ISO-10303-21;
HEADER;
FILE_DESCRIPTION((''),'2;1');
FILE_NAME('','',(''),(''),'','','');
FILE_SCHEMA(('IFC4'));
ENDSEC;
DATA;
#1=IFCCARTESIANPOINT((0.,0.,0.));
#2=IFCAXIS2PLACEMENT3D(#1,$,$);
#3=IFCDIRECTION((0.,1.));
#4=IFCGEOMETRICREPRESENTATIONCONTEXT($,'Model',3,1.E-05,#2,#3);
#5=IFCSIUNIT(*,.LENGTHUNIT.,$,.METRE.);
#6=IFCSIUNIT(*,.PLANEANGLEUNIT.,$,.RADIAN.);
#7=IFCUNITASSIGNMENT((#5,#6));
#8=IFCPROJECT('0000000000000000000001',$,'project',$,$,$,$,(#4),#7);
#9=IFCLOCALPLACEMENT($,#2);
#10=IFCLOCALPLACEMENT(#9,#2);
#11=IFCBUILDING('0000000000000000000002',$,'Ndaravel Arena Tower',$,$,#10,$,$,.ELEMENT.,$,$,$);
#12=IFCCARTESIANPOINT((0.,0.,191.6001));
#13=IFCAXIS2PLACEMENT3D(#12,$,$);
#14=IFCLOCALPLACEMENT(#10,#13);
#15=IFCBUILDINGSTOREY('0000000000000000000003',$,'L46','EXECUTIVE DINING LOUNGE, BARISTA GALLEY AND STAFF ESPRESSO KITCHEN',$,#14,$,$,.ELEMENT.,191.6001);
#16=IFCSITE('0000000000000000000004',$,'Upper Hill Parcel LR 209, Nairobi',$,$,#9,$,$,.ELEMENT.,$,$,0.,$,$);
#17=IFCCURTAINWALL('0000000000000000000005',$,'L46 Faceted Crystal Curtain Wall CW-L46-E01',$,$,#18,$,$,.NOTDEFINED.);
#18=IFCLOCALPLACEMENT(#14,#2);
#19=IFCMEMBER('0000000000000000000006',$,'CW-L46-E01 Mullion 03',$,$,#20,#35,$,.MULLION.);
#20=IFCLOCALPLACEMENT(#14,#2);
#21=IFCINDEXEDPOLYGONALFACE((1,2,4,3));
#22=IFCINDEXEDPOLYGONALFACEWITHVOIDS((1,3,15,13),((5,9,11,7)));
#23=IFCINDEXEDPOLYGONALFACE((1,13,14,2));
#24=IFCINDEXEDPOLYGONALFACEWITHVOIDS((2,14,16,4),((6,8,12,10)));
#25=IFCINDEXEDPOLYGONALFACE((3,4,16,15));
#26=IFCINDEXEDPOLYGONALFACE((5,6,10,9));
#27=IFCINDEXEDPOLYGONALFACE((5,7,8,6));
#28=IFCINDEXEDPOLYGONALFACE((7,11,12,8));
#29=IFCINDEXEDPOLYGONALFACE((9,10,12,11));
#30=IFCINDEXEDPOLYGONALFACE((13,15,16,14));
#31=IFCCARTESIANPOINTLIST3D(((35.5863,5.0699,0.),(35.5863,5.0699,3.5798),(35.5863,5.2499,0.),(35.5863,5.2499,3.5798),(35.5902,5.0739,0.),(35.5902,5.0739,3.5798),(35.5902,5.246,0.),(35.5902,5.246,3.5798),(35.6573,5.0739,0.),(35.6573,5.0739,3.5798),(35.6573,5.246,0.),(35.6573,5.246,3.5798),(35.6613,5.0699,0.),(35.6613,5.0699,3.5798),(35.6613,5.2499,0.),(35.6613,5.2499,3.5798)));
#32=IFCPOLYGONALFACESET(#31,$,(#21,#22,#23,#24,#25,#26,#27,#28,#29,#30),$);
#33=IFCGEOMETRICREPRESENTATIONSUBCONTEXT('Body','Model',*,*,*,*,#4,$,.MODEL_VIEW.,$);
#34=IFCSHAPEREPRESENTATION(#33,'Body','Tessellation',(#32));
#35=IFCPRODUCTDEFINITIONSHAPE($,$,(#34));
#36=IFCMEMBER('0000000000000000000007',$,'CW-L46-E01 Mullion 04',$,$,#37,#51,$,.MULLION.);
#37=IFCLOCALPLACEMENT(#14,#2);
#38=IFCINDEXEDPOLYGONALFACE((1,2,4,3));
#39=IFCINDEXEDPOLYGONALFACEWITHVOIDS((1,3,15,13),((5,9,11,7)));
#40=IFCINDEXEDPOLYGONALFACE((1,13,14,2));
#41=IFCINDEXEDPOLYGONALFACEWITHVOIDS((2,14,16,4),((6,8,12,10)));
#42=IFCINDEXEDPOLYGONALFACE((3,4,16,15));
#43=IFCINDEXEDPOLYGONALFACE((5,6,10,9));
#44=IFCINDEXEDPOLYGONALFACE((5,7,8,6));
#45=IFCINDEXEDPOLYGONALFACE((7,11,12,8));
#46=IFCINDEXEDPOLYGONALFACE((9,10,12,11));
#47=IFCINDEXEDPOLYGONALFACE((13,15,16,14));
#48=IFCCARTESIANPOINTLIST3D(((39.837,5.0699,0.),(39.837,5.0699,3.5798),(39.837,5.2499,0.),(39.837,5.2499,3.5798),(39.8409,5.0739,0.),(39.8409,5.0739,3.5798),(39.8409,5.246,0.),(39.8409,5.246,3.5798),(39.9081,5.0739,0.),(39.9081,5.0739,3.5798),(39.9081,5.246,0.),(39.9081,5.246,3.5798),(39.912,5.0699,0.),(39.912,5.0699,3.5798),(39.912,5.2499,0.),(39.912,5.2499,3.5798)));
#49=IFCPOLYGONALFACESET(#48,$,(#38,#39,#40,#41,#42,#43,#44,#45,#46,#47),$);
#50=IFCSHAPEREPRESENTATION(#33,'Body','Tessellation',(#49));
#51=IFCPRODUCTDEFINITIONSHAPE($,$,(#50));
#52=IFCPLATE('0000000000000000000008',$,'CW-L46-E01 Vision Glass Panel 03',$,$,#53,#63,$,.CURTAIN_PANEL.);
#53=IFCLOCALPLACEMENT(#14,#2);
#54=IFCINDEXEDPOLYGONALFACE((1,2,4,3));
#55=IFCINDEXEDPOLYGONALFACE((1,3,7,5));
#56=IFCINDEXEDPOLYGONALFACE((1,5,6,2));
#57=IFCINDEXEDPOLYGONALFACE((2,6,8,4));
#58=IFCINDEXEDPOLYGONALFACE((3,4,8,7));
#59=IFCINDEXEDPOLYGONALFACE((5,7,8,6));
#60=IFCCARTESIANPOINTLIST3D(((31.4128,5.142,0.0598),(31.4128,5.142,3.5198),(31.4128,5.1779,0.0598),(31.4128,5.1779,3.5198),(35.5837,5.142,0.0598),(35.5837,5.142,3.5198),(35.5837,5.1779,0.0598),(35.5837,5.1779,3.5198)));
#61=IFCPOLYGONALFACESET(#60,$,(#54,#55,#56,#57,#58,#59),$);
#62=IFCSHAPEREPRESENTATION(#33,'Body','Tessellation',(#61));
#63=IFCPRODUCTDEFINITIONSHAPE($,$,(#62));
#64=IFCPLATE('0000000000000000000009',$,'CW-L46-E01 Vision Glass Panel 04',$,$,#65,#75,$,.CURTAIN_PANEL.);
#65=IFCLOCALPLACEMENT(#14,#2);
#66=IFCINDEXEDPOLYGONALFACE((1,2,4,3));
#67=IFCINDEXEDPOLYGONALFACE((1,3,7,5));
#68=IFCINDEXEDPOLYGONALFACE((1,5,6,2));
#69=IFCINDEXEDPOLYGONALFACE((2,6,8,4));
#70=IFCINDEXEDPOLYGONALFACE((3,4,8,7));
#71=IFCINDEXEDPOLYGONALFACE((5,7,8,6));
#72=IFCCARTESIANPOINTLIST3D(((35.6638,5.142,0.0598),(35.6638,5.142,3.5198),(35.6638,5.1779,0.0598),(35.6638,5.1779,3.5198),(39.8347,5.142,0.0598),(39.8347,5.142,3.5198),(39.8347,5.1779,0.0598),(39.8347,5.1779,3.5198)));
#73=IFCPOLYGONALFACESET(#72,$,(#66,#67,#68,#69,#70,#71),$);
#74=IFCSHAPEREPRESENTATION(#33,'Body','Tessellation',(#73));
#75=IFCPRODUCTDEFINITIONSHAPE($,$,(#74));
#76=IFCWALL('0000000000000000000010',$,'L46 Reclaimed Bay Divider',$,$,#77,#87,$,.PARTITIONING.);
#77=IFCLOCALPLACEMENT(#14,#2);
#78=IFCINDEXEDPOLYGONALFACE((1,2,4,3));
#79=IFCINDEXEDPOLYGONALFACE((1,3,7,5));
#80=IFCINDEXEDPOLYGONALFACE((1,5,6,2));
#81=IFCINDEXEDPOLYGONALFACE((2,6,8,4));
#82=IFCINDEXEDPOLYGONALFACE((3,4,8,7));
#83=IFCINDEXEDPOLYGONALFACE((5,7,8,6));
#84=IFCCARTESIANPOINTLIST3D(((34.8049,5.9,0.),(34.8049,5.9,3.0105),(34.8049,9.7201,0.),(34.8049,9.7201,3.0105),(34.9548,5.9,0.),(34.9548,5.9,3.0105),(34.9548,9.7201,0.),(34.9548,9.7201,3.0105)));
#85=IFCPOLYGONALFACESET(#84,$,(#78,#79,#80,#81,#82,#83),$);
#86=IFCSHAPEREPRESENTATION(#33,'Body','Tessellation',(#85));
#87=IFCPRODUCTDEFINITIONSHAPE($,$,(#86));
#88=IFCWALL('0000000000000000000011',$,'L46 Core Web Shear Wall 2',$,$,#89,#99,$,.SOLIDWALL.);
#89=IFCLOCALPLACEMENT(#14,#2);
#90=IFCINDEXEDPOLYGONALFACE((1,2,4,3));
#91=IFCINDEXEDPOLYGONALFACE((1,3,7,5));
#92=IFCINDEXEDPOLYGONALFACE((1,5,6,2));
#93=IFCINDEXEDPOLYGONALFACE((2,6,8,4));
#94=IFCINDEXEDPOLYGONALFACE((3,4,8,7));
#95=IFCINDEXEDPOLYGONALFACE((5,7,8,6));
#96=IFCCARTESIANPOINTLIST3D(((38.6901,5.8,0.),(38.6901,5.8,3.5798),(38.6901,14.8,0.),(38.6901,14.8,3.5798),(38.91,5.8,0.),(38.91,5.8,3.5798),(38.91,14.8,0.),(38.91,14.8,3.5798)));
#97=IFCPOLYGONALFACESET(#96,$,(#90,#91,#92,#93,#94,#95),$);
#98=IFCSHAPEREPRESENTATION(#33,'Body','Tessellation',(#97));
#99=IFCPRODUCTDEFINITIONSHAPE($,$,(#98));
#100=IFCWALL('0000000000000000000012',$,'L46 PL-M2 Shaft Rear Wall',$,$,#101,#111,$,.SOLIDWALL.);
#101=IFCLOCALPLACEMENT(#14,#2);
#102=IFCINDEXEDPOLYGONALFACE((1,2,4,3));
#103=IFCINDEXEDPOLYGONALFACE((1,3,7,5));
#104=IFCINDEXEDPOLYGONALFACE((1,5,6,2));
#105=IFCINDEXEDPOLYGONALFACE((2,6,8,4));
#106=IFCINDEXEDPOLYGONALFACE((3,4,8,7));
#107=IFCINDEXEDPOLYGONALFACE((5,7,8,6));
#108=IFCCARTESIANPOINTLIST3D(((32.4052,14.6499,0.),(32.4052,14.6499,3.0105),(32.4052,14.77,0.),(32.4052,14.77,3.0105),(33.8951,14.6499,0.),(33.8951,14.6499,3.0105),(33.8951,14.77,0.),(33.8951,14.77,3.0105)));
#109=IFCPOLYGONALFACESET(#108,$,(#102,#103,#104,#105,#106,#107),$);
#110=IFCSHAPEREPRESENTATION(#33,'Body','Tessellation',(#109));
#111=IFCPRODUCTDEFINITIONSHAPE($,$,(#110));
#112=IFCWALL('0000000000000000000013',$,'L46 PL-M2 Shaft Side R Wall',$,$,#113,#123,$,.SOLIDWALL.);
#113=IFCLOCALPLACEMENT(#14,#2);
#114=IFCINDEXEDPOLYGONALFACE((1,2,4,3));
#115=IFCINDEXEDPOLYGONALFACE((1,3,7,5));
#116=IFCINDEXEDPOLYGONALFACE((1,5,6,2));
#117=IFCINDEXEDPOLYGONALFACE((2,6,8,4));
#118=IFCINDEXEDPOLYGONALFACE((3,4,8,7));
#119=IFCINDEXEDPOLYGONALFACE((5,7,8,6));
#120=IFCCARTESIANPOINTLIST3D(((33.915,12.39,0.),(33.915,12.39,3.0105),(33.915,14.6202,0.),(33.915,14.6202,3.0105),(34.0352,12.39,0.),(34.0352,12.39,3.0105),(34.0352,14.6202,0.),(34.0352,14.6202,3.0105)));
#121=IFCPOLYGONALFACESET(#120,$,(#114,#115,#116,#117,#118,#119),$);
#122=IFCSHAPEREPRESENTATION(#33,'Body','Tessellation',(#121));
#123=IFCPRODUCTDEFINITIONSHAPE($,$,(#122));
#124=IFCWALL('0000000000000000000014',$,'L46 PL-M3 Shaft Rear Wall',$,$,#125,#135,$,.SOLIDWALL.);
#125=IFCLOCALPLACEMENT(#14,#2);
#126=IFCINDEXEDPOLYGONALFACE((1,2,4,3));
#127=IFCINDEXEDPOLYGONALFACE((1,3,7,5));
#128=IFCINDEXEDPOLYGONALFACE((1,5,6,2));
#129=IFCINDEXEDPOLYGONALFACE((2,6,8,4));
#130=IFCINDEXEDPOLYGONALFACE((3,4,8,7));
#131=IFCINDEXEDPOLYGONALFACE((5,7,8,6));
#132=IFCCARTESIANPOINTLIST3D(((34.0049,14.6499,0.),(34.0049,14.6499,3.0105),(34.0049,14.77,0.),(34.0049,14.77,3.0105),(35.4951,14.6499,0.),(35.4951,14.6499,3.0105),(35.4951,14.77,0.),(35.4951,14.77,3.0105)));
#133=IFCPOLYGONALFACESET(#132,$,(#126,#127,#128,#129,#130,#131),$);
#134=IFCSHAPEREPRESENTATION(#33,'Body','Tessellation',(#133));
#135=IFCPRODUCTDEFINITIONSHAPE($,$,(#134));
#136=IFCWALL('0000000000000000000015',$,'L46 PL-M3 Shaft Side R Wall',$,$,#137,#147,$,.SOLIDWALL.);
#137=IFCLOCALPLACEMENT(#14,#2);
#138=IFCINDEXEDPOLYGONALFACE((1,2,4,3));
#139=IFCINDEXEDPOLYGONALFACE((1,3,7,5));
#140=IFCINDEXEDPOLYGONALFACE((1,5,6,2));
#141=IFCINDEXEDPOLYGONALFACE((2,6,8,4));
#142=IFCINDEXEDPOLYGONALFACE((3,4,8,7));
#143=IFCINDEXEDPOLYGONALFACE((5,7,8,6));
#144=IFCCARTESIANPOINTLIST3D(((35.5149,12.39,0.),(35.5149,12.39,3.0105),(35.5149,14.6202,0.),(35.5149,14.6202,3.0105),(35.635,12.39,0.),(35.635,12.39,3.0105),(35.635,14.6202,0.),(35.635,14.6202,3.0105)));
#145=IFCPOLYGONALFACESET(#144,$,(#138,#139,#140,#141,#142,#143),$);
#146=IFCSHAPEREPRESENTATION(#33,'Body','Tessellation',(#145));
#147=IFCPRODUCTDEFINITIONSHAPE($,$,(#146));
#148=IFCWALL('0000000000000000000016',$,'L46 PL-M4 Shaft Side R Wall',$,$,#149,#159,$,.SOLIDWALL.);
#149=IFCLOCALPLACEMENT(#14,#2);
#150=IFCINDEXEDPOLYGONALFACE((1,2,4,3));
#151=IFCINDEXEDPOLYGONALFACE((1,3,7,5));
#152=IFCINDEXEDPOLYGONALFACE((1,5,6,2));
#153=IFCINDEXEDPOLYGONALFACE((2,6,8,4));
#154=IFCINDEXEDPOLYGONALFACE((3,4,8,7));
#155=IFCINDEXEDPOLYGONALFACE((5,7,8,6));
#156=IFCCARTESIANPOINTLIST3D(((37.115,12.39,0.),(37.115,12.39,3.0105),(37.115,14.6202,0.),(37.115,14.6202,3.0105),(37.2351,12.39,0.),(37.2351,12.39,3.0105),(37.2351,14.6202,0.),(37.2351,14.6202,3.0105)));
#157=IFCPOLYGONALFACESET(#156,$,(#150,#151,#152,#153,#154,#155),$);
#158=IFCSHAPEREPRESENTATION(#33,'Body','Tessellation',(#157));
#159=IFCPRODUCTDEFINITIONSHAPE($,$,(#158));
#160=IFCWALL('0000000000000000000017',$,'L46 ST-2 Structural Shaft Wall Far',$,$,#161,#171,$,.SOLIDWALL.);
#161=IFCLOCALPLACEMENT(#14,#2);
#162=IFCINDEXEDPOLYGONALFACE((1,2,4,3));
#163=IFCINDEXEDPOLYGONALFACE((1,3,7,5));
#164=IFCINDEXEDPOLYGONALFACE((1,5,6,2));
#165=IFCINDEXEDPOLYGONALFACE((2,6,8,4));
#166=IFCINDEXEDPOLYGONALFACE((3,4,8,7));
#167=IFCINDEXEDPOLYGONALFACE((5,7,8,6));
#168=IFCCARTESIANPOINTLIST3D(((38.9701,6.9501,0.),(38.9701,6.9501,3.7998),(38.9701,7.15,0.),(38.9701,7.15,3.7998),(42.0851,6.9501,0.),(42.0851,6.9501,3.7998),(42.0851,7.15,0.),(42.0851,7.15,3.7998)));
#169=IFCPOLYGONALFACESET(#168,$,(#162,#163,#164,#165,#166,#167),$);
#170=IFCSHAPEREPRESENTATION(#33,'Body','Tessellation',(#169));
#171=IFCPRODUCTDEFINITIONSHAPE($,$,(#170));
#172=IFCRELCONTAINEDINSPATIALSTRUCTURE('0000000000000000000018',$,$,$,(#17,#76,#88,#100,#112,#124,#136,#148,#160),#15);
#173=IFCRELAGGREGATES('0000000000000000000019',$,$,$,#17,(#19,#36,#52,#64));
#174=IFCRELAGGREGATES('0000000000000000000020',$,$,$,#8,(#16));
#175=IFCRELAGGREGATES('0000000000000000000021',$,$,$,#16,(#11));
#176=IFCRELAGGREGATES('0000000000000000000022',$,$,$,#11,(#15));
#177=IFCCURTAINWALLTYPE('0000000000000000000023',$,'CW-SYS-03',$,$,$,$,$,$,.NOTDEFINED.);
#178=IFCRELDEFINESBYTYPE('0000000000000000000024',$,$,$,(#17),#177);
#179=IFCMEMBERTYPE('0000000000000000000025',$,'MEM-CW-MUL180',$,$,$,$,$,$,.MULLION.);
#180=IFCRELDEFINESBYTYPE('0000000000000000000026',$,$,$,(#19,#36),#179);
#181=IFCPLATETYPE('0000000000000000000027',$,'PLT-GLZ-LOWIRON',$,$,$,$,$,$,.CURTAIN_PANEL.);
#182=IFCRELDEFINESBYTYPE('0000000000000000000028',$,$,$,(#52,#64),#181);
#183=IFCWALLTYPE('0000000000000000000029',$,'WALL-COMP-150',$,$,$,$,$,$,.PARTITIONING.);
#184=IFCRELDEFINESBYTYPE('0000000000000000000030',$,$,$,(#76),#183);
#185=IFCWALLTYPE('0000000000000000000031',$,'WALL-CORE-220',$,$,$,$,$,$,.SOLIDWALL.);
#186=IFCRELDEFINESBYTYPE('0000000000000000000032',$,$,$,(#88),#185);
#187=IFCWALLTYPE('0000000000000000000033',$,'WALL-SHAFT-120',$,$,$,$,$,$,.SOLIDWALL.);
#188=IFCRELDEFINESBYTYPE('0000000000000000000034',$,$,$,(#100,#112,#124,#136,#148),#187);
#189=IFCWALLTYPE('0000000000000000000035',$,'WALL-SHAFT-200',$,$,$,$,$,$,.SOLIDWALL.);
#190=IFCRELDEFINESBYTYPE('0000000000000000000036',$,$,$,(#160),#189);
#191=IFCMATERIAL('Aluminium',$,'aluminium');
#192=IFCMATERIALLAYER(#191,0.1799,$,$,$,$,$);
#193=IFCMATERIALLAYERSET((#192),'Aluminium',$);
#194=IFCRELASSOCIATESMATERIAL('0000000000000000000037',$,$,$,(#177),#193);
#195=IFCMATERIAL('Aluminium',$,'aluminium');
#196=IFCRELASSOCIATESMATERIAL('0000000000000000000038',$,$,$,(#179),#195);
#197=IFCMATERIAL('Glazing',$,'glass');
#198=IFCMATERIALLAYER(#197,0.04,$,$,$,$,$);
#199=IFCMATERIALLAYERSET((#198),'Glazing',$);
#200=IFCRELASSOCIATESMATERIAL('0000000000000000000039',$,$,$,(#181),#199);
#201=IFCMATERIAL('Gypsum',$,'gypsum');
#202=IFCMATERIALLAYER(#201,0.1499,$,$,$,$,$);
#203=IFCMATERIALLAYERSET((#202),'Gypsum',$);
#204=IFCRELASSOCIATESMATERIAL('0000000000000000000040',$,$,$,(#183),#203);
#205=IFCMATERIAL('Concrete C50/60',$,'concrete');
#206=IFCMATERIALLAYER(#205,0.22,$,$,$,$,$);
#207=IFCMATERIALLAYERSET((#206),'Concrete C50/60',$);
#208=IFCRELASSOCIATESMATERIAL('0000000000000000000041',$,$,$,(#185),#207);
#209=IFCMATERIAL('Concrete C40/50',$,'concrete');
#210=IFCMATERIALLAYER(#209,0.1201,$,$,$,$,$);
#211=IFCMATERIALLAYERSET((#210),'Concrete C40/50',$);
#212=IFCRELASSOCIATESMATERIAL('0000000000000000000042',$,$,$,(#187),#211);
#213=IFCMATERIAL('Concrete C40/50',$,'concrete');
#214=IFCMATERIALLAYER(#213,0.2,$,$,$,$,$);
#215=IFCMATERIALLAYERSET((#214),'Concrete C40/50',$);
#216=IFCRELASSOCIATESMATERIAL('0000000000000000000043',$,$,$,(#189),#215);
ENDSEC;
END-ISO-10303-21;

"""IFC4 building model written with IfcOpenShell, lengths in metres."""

from ifc_helpers import new_model, si_unit, direction, frame, frame_2d, origin, origin_2d, place, context, subcontext, project, spatial, rectangle, hollow_rectangle, extrude, material, layer, layer_set, material_profile, profile_set, type_object, element, aggregate, save


model = new_model("IFC4")

# Units and contexts
model_context = context("Model", 3, precision=1e-05, world=origin(), true_north=direction((0.0, 1.0)))
body_context = subcontext(model_context, "Body", "Model", "MODEL_VIEW")
ifc_project = project(units=[si_unit("LENGTHUNIT", "METRE"), si_unit("PLANEANGLEUNIT", "RADIAN")], contexts=[model_context])

# Site, building, storey
site_placement = place(None, origin())
site = spatial("IfcSite", under=ifc_project, at=site_placement, Name="Upper Hill Parcel LR 209, Nairobi", CompositionType="ELEMENT", RefElevation=0.0)
building_placement = place(site_placement, origin())
building = spatial("IfcBuilding", under=site, at=building_placement, Name="Ndaravel Arena Tower", CompositionType="ELEMENT")
storey_placement = place(building_placement, frame((0.0, 0.0, 191.6001)))
storey = spatial("IfcBuildingStorey", under=building, at=storey_placement, Name="L46", Description="EXECUTIVE DINING LOUNGE, BARISTA GALLEY AND STAFF ESPRESSO KITCHEN", CompositionType="ELEMENT", Elevation=191.6001)

# Curtain wall, members, plates
ifc_material_1 = material(Name="Aluminium", Category="aluminium")
ifc_layer_1 = layer(ifc_material_1, 0.1799)
ifc_layer_set_1 = layer_set([ifc_layer_1], Name="Aluminium")
curtain_wall_type = type_object("IfcCurtainWallType", Name="CW-SYS-03", PredefinedType="NOTDEFINED", material=ifc_layer_set_1)
curtain_wall_placement = place(storey_placement, origin())
curtain_wall = element("IfcCurtainWall", 1, at=curtain_wall_placement, inside=storey, type_object=curtain_wall_type, Name="L46 Faceted Crystal Curtain Wall CW-L46-E01", PredefinedType="NOTDEFINED")
ifc_material_2 = material(Name="Aluminium", Category="aluminium")
ifc_material_profile = material_profile(ifc_material_2, hollow_rectangle(XDim=0.075, YDim=0.1799, WallThickness=0.0039, at=origin_2d()), Name="CW MULLION 75x180x4")
ifc_profile_set = profile_set([ifc_material_profile], Name="Aluminium")
member_type = type_object("IfcMemberType", Name="MEM-CW-MUL180", PredefinedType="MULLION", material=ifc_profile_set)
member_1_placement = place(storey_placement, frame((35.6238, 5.1599, 0.0), z_axis=(0.0, 0.0, 1.0), x_axis=(1.0, 0.0, 0.0)))
member_1 = element("IfcMember", 2, at=member_1_placement, type_object=member_type, Name="CW-L46-E01 Mullion 03", PredefinedType="MULLION", context=body_context, shape_type="SweptSolid", body=[
    extrude(hollow_rectangle(XDim=0.075, YDim=0.1799, WallThickness=0.0039, at=origin_2d()), origin(), (0.0, 0.0, 1.0), 3.5798),
])
member_2_placement = place(storey_placement, frame((39.8745, 5.1599, 0.0), z_axis=(0.0, 0.0, 1.0), x_axis=(1.0, 0.0, 0.0)))
member_2 = element("IfcMember", 3, at=member_2_placement, type_object=member_type, Name="CW-L46-E01 Mullion 04", PredefinedType="MULLION", context=body_context, shape_type="SweptSolid", body=[
    extrude(hollow_rectangle(XDim=0.075, YDim=0.1799, WallThickness=0.0039, at=origin_2d()), origin(), (0.0, 0.0, 1.0), 3.5798),
])
ifc_material_3 = material(Name="Glazing", Category="glass")
ifc_layer_2 = layer(ifc_material_3, 0.04)
ifc_layer_set_2 = layer_set([ifc_layer_2], Name="Glazing")
plate_type = type_object("IfcPlateType", Name="PLT-GLZ-LOWIRON", PredefinedType="CURTAIN_PANEL", material=ifc_layer_set_2)
plate_1_placement = place(storey_placement, frame((33.4983, 5.1599, 0.0598), z_axis=(0.0, 0.0, 1.0), x_axis=(1.0, 0.0, 0.0)))
plate_1 = element("IfcPlate", 4, at=plate_1_placement, type_object=plate_type, Name="CW-L46-E01 Vision Glass Panel 03", PredefinedType="CURTAIN_PANEL", context=body_context, shape_type="SweptSolid", body=[
    extrude(rectangle(XDim=4.1709, YDim=0.0359, at=origin_2d()), origin(), (0.0, 0.0, 1.0), 3.46),
])
plate_2_placement = place(storey_placement, frame((37.7493, 5.1599, 0.0598), z_axis=(0.0, 0.0, 1.0), x_axis=(1.0, 0.0, 0.0)))
plate_2 = element("IfcPlate", 5, at=plate_2_placement, type_object=plate_type, Name="CW-L46-E01 Vision Glass Panel 04", PredefinedType="CURTAIN_PANEL", context=body_context, shape_type="SweptSolid", body=[
    extrude(rectangle(XDim=4.1709, YDim=0.0359, at=origin_2d()), origin(), (0.0, 0.0, 1.0), 3.46),
])
aggregate(curtain_wall, [member_1, member_2, plate_1, plate_2])

# Walls
ifc_material_4 = material(Name="Gypsum", Category="gypsum")
ifc_layer_3 = layer(ifc_material_4, 0.1499)
ifc_layer_set_3 = layer_set([ifc_layer_3], Name="Gypsum")
wall_type_1 = type_object("IfcWallType", Name="WALL-COMP-150", PredefinedType="PARTITIONING", material=ifc_layer_set_3)
wall_1_placement = place(storey_placement, frame((34.8799, 5.8999, 0.0), z_axis=(0.0, 0.0, 1.0), x_axis=(0.0, 1.0, 0.0)))
element("IfcWall", 6, at=wall_1_placement, inside=storey, type_object=wall_type_1, Name="L46 Reclaimed Bay Divider", PredefinedType="PARTITIONING", context=body_context, shape_type="SweptSolid", body=[
    extrude(rectangle(XDim=3.8201, YDim=0.1499, at=frame_2d((1.9102, 0.0))), origin(), (0.0, 0.0, 1.0), 3.0105),
])
ifc_material_5 = material(Name="Concrete C50/60", Category="concrete")
ifc_layer_4 = layer(ifc_material_5, 0.22)
ifc_layer_set_4 = layer_set([ifc_layer_4], Name="Concrete C50/60")
wall_type_2 = type_object("IfcWallType", Name="WALL-CORE-220", PredefinedType="SOLIDWALL", material=ifc_layer_set_4)
wall_2_placement = place(storey_placement, frame((38.8, 5.8, 0.0), z_axis=(0.0, 0.0, 1.0), x_axis=(0.0, 1.0, 0.0)))
element("IfcWall", 7, at=wall_2_placement, inside=storey, type_object=wall_type_2, Name="L46 Core Web Shear Wall 2", PredefinedType="SOLIDWALL", context=body_context, shape_type="SweptSolid", body=[
    extrude(rectangle(XDim=9.0, YDim=0.22, at=frame_2d((4.5, 0.0))), origin(), (0.0, 0.0, 1.0), 3.5798),
])
ifc_material_6 = material(Name="Concrete C40/50", Category="concrete")
ifc_layer_5 = layer(ifc_material_6, 0.1201)
ifc_layer_set_5 = layer_set([ifc_layer_5], Name="Concrete C40/50")
wall_type_3 = type_object("IfcWallType", Name="WALL-SHAFT-120", PredefinedType="SOLIDWALL", material=ifc_layer_set_5)
wall_3_placement = place(storey_placement, frame((32.405, 14.71, 0.0), z_axis=(0.0, 0.0, 1.0), x_axis=(1.0, 0.0, 0.0)))
element("IfcWall", 8, at=wall_3_placement, inside=storey, type_object=wall_type_3, Name="L46 PL-M2 Shaft Rear Wall", PredefinedType="SOLIDWALL", context=body_context, shape_type="SweptSolid", body=[
    extrude(rectangle(XDim=1.49, YDim=0.1201, at=frame_2d((0.7451, 0.0))), origin(), (0.0, 0.0, 1.0), 3.0105),
])
wall_4_placement = place(storey_placement, frame((33.9751, 12.3899, 0.0), z_axis=(0.0, 0.0, 1.0), x_axis=(0.0, 1.0, 0.0)))
element("IfcWall", 9, at=wall_4_placement, inside=storey, type_object=wall_type_3, Name="L46 PL-M2 Shaft Side R Wall", PredefinedType="SOLIDWALL", context=body_context, shape_type="SweptSolid", body=[
    extrude(rectangle(XDim=2.2302, YDim=0.1201, at=frame_2d((1.1152, 0.0))), origin(), (0.0, 0.0, 1.0), 3.0105),
])
wall_5_placement = place(storey_placement, frame((34.0049, 14.71, 0.0), z_axis=(0.0, 0.0, 1.0), x_axis=(1.0, 0.0, 0.0)))
element("IfcWall", 10, at=wall_5_placement, inside=storey, type_object=wall_type_3, Name="L46 PL-M3 Shaft Rear Wall", PredefinedType="SOLIDWALL", context=body_context, shape_type="SweptSolid", body=[
    extrude(rectangle(XDim=1.4902, YDim=0.1201, at=frame_2d((0.7451, 0.0))), origin(), (0.0, 0.0, 1.0), 3.0105),
])
for number, where, z_axis, x_axis, name in (
    (11, (35.575, 12.3899, 0.0), (0.0, 0.0, 1.0), (0.0, 1.0, 0.0), "L46 PL-M3 Shaft Side R Wall"),
    (12, (37.175, 12.3899, 0.0), (0.0, 0.0, 1.0), (0.0, 1.0, 0.0), "L46 PL-M4 Shaft Side R Wall"),
):
    element("IfcWall", number, at=place(storey_placement, frame(where, z_axis=z_axis, x_axis=x_axis)), inside=storey, type_object=wall_type_3, Name=name, PredefinedType="SOLIDWALL", context=body_context, shape_type="SweptSolid", body=[
        extrude(rectangle(XDim=2.2302, YDim=0.1201, at=frame_2d((1.1152, 0.0))), origin(), (0.0, 0.0, 1.0), 3.0105),
    ])
ifc_material_7 = material(Name="Concrete C40/50", Category="concrete")
ifc_layer_6 = layer(ifc_material_7, 0.2)
ifc_layer_set_6 = layer_set([ifc_layer_6], Name="Concrete C40/50")
wall_type_4 = type_object("IfcWallType", Name="WALL-SHAFT-200", PredefinedType="SOLIDWALL", material=ifc_layer_set_6)
wall_6_placement = place(storey_placement, frame((38.97, 7.05, 0.0), z_axis=(0.0, 0.0, 1.0), x_axis=(1.0, 0.0, 0.0)))
element("IfcWall", 13, at=wall_6_placement, inside=storey, type_object=wall_type_4, Name="L46 ST-2 Structural Shaft Wall Far", PredefinedType="SOLIDWALL", context=body_context, shape_type="SweptSolid", body=[
    extrude(rectangle(XDim=3.115, YDim=0.2, at=frame_2d((1.5576, 0.0))), origin(), (0.0, 0.0, 1.0), 3.7998),
])

save(model, "model.ifc")
